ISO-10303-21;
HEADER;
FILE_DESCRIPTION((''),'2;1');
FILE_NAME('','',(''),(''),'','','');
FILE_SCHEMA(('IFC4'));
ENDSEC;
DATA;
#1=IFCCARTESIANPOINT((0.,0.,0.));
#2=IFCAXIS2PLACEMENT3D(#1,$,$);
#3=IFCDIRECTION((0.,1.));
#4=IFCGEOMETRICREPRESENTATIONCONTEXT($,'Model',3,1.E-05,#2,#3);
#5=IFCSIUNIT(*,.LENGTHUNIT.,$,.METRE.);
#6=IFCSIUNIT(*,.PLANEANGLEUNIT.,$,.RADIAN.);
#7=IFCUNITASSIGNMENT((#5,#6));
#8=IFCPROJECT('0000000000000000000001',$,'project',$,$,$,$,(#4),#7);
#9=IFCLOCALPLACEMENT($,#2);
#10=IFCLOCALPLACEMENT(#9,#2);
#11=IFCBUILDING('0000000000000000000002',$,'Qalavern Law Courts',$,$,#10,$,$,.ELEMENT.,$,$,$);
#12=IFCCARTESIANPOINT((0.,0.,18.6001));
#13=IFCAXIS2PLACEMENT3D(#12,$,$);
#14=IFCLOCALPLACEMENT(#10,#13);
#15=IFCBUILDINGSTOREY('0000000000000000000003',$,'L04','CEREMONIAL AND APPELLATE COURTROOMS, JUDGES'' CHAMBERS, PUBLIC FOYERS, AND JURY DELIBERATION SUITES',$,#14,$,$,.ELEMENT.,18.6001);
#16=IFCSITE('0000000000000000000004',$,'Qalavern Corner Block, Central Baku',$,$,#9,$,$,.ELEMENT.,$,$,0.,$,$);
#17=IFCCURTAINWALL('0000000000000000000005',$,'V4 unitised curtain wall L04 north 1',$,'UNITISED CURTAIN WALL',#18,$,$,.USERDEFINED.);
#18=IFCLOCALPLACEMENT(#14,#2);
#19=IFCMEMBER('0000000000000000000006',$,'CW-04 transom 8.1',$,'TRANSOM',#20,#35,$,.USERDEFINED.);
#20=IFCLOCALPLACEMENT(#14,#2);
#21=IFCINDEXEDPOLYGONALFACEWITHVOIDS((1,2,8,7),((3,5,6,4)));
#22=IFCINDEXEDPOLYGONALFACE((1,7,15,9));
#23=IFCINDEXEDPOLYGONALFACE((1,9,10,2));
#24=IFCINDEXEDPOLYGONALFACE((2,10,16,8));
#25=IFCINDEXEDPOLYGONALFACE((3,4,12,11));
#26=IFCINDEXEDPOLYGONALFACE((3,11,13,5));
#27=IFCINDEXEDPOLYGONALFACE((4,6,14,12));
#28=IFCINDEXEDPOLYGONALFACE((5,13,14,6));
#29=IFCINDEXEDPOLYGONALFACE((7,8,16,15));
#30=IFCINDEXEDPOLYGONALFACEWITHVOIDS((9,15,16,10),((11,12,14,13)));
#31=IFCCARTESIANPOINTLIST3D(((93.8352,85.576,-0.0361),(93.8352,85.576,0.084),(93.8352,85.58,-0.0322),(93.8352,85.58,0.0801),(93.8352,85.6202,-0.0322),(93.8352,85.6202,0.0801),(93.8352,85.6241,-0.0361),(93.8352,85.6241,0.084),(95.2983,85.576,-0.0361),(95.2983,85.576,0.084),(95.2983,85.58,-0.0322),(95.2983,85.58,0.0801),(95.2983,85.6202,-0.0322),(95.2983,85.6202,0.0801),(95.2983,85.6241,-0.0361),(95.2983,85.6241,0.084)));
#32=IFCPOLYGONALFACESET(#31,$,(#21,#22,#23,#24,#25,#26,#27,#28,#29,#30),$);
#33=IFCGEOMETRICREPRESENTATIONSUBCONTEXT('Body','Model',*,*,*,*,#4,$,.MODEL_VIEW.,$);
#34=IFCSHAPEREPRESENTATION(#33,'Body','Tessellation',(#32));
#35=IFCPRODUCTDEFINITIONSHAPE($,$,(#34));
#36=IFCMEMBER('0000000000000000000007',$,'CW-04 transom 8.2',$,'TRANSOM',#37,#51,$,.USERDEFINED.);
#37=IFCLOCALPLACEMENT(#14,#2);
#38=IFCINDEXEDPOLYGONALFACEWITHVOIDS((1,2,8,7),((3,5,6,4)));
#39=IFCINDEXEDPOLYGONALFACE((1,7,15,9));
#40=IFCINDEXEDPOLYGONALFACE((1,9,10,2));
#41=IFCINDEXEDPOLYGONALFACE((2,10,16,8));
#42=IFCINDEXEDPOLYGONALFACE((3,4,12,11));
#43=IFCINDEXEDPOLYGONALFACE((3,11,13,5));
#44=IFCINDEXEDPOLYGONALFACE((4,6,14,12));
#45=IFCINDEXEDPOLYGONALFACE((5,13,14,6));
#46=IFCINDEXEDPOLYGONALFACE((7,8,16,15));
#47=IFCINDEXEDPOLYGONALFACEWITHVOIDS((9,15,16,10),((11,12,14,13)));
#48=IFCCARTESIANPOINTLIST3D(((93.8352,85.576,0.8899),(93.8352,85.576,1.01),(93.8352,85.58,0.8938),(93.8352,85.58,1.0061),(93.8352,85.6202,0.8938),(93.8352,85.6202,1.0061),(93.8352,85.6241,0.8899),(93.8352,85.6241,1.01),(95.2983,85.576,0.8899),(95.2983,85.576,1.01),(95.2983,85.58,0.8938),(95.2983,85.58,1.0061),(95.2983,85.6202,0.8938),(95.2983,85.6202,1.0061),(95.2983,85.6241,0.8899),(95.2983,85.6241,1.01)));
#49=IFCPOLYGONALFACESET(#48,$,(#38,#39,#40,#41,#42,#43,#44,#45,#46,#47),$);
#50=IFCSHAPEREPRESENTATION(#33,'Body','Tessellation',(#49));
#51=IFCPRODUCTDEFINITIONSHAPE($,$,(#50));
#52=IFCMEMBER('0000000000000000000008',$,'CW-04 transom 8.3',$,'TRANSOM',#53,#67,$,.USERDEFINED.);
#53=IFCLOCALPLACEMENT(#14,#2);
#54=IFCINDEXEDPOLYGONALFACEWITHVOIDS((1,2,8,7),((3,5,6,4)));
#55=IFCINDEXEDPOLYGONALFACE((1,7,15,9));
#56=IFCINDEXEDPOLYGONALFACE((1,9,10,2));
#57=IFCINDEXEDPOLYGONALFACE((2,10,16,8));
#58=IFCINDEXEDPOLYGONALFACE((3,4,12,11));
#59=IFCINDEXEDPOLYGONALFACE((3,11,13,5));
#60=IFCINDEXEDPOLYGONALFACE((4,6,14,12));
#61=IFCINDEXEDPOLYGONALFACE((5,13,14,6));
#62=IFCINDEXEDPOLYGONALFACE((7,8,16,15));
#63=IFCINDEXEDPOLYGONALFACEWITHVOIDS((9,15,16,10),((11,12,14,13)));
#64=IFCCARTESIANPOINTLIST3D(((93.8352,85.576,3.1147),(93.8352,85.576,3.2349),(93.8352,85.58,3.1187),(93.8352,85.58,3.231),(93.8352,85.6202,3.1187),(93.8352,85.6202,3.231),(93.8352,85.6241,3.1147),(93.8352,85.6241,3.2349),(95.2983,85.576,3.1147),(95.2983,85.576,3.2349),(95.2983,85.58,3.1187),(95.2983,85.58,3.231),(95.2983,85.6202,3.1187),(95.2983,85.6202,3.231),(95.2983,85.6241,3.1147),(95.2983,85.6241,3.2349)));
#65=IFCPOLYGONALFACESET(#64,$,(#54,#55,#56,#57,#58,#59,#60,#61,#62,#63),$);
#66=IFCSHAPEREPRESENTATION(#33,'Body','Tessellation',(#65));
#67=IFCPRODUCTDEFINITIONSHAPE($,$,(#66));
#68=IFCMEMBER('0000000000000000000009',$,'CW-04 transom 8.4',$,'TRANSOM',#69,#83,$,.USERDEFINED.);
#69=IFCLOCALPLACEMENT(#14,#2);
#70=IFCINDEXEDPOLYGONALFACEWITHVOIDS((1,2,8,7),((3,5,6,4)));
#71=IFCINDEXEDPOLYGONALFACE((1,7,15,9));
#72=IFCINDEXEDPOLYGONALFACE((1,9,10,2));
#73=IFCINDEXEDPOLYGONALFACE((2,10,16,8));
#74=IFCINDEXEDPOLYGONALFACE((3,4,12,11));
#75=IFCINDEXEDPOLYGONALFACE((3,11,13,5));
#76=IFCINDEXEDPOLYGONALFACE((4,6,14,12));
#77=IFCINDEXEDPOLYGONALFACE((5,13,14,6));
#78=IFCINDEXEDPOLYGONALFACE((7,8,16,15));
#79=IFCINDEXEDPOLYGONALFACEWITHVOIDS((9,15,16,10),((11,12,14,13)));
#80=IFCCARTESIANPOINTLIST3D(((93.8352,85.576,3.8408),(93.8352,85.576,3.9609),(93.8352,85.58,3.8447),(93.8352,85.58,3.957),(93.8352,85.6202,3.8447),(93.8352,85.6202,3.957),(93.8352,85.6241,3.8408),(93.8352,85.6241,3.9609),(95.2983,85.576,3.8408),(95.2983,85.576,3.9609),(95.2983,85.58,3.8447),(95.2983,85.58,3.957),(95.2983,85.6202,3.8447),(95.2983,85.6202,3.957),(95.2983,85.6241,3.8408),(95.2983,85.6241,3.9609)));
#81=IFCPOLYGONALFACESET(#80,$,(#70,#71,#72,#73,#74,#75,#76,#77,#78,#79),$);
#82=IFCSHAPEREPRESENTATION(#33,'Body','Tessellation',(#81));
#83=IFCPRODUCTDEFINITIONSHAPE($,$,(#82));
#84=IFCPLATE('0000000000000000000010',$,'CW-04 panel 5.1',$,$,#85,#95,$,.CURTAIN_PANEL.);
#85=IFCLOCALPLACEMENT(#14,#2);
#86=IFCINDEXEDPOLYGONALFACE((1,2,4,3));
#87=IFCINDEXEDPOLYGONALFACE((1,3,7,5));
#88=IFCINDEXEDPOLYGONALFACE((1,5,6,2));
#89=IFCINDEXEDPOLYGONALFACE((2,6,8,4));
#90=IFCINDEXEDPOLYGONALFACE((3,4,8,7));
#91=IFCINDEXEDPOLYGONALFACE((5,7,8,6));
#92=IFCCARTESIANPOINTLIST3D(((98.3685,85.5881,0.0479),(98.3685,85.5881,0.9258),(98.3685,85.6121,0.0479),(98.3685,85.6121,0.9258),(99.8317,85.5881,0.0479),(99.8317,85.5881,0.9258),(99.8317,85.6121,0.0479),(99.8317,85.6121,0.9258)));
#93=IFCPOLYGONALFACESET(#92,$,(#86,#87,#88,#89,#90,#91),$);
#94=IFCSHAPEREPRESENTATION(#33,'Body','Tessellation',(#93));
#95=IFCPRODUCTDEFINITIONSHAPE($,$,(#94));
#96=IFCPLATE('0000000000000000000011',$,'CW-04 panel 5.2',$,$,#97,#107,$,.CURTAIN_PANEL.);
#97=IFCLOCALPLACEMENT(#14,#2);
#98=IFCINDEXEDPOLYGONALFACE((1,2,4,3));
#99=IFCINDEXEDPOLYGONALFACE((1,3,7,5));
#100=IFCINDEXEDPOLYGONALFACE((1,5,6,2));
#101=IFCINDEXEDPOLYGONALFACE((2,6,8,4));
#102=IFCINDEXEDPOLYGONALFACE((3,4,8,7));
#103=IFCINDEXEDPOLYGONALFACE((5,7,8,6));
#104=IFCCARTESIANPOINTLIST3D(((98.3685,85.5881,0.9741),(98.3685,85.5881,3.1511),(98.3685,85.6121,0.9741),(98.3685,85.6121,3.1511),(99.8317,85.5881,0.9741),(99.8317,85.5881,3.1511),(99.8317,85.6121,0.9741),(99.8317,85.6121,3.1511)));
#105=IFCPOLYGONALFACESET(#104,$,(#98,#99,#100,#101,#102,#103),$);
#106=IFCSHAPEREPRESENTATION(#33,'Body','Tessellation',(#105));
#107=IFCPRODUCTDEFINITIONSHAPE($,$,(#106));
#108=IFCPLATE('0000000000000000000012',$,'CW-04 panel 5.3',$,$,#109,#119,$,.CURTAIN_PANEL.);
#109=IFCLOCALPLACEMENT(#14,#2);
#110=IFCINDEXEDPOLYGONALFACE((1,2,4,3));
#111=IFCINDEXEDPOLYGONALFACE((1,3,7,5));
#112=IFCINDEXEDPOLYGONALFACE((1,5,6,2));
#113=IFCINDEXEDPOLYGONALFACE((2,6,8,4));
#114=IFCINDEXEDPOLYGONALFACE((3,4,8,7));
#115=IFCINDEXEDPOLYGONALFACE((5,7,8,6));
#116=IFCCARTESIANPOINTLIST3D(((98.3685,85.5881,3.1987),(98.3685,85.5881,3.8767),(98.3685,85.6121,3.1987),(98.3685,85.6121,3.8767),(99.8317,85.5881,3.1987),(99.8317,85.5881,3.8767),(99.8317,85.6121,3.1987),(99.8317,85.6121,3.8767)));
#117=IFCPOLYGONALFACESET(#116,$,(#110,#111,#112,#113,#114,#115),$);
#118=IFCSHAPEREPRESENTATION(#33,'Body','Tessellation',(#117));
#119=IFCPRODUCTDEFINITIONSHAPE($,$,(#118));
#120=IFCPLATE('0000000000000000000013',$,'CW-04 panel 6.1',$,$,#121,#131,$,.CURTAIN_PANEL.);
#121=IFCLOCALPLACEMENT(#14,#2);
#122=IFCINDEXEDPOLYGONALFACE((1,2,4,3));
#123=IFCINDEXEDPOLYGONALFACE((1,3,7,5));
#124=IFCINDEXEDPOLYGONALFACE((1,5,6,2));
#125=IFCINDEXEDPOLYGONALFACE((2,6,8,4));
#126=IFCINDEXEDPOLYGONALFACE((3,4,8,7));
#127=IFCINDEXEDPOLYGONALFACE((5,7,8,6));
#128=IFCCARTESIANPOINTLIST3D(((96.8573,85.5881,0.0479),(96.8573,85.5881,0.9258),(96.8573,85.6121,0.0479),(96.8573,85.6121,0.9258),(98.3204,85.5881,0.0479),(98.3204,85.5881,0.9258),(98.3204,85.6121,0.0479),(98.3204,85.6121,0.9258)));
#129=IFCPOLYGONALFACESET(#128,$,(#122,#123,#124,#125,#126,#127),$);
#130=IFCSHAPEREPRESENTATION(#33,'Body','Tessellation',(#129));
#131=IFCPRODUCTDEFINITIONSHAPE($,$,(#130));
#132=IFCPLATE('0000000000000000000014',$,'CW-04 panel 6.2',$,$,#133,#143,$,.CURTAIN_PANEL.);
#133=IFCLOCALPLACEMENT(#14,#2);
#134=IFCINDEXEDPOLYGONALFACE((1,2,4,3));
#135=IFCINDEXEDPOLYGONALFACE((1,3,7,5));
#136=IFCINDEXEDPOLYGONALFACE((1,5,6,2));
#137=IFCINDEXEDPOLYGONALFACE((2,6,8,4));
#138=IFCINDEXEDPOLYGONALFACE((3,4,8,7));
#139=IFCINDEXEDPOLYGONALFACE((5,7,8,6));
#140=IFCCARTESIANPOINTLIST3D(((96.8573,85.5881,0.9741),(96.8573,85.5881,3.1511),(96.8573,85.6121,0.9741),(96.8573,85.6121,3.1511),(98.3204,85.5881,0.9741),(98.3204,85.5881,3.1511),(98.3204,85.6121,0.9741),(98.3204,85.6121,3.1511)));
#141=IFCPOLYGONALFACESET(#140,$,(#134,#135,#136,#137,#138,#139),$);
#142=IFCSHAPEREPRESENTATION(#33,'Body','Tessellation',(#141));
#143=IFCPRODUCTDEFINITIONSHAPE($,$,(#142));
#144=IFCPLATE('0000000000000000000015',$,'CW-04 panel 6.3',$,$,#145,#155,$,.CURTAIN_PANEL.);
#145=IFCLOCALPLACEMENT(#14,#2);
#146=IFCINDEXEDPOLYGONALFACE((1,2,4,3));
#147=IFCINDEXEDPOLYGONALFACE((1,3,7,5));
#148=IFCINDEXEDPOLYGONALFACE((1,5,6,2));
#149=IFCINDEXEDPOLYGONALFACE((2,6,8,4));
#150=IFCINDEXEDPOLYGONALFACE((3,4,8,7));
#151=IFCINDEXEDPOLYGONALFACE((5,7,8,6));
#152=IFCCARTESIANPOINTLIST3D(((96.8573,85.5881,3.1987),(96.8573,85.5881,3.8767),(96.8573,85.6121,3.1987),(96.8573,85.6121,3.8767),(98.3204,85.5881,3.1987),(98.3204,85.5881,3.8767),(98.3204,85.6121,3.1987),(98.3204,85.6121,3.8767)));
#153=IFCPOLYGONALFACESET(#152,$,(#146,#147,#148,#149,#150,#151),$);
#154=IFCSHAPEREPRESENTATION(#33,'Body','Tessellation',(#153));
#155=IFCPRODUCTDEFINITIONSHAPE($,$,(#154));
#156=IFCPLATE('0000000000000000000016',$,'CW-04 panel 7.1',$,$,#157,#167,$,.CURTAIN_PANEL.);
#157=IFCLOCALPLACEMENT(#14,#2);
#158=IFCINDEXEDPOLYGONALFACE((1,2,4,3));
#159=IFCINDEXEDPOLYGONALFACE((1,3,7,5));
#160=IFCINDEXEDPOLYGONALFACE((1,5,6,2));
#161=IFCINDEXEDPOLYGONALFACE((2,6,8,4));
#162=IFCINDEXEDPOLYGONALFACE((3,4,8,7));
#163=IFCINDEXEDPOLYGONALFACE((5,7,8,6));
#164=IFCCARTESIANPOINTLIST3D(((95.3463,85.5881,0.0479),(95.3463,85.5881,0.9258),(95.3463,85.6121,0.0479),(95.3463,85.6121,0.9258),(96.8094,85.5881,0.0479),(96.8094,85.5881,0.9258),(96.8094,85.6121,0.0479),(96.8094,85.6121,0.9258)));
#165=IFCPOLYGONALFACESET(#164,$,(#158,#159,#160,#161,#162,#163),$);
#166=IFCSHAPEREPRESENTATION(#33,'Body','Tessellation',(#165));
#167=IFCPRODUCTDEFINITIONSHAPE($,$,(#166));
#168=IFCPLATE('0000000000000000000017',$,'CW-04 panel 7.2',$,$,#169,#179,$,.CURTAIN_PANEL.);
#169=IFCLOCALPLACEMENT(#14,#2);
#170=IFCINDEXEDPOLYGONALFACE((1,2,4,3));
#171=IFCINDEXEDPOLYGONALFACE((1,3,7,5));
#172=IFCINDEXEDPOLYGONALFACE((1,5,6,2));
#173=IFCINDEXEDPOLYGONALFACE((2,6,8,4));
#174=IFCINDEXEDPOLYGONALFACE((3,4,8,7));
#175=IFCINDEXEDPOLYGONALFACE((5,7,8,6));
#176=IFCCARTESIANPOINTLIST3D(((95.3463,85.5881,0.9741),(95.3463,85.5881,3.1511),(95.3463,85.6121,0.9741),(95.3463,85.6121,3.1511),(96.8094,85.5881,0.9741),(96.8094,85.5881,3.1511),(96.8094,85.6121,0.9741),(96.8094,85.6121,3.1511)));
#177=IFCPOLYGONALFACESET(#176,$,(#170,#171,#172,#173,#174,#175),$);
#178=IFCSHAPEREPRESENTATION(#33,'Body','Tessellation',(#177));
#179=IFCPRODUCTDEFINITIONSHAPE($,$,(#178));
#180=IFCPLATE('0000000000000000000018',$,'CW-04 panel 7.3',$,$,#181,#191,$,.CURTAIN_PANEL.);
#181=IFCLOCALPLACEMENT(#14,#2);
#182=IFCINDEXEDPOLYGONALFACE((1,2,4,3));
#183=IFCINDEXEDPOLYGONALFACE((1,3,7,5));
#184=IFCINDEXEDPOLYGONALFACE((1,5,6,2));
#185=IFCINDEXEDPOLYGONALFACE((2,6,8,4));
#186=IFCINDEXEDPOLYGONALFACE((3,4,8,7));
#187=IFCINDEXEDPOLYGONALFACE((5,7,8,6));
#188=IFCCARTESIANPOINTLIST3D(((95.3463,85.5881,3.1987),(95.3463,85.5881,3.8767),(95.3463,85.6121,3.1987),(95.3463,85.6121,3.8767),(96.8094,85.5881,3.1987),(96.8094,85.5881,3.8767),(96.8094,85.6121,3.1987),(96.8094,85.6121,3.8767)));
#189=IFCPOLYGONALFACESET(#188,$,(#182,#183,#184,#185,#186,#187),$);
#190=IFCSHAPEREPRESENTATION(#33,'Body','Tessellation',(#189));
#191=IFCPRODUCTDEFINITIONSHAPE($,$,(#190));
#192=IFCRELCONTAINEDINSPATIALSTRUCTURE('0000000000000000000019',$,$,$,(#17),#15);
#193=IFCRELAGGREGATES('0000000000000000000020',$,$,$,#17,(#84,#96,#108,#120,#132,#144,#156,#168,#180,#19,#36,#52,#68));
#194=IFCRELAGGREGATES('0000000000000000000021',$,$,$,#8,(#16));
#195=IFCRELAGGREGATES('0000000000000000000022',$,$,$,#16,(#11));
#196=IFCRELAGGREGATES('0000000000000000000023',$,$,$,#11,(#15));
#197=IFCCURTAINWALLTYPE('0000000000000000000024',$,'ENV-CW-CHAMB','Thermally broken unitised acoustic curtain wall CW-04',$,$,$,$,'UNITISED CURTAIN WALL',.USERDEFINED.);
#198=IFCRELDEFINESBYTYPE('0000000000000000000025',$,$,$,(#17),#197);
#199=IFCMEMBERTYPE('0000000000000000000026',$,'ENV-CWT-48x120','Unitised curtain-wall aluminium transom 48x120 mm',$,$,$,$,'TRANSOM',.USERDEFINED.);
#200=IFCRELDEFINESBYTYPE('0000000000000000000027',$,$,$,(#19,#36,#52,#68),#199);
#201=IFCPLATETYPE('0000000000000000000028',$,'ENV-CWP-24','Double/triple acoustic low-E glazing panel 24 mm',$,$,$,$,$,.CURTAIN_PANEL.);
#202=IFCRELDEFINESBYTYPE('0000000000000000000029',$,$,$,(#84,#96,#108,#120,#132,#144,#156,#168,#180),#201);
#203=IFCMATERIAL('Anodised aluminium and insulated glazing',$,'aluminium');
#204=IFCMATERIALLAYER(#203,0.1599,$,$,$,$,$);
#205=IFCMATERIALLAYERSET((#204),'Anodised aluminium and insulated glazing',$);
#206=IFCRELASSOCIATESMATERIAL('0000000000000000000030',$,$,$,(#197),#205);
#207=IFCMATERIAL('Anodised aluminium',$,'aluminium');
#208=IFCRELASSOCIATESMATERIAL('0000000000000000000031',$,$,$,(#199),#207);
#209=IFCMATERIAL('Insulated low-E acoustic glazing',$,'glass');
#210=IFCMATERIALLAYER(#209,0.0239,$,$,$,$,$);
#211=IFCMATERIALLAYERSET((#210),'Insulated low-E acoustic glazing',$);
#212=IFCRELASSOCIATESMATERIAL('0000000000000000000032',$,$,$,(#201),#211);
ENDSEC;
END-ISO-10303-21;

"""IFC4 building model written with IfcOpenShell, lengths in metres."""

from ifc_helpers import new_model, si_unit, direction, frame, origin, origin_2d, place, context, subcontext, project, spatial, rectangle, hollow_rectangle, extrude, material, layer, layer_set, material_profile, profile_set, type_object, element, aggregate, save


model = new_model("IFC4")

# Units and contexts
model_context = context("Model", 3, precision=1e-05, world=origin(), true_north=direction((0.0, 1.0)))
body_context = subcontext(model_context, "Body", "Model", "MODEL_VIEW")
ifc_project = project(units=[si_unit("LENGTHUNIT", "METRE"), si_unit("PLANEANGLEUNIT", "RADIAN")], contexts=[model_context])

# Site, building, storey
site_placement = place(None, origin())
site = spatial("IfcSite", under=ifc_project, at=site_placement, Name="Qalavern Corner Block, Central Baku", CompositionType="ELEMENT", RefElevation=0.0)
building_placement = place(site_placement, origin())
building = spatial("IfcBuilding", under=site, at=building_placement, Name="Qalavern Law Courts", CompositionType="ELEMENT")
storey_placement = place(building_placement, frame((0.0, 0.0, 18.6001)))
storey = spatial("IfcBuildingStorey", under=building, at=storey_placement, Name="L04", Description="CEREMONIAL AND APPELLATE COURTROOMS, JUDGES' CHAMBERS, PUBLIC FOYERS, AND JURY DELIBERATION SUITES", CompositionType="ELEMENT", Elevation=18.6001)

# Curtain wall, members, plates
ifc_material_1 = material(Name="Anodised aluminium and insulated glazing", Category="aluminium")
ifc_layer_1 = layer(ifc_material_1, 0.1599)
ifc_layer_set_1 = layer_set([ifc_layer_1], Name="Anodised aluminium and insulated glazing")
curtain_wall_type = type_object("IfcCurtainWallType", Name="ENV-CW-CHAMB", Description="Thermally broken unitised acoustic curtain wall CW-04", ElementType="UNITISED CURTAIN WALL", PredefinedType="USERDEFINED", material=ifc_layer_set_1)
curtain_wall_placement = place(storey_placement, origin())
curtain_wall = element("IfcCurtainWall", 1, at=curtain_wall_placement, inside=storey, type_object=curtain_wall_type, Name="V4 unitised curtain wall L04 north 1", ObjectType="UNITISED CURTAIN WALL", PredefinedType="USERDEFINED")
ifc_material_2 = material(Name="Anodised aluminium", Category="aluminium")
ifc_material_profile_1 = material_profile(ifc_material_2, hollow_rectangle(XDim=0.0481, YDim=0.1201, WallThickness=0.0039, at=origin_2d()), Name="ALU TRANSOM 48x120")
ifc_profile_set_1 = profile_set([ifc_material_profile_1], Name="Anodised aluminium")
member_type_1 = type_object("IfcMemberType", Name="ENV-CWT-48x120", Description="Unitised curtain-wall aluminium transom 48x120 mm", ElementType="TRANSOM", PredefinedType="USERDEFINED", material=ifc_profile_set_1)
member_1_placement = place(storey_placement, frame((95.2983, 85.6001, 0.0239), z_axis=(-1.0, 0.0, 0.0), x_axis=(0.0, -1.0, 0.0)))
member_1 = element("IfcMember", 2, at=member_1_placement, type_object=member_type_1, Name="CW-04 transom 8.1", ObjectType="TRANSOM", PredefinedType="USERDEFINED", context=body_context, shape_type="SweptSolid", body=[
    extrude(hollow_rectangle(XDim=0.0481, YDim=0.1201, WallThickness=0.0039, at=origin_2d()), origin(), (0.0, 0.0, 1.0), 1.4631),
])
member_2_placement = place(storey_placement, frame((95.2983, 85.6001, 0.95), z_axis=(-1.0, 0.0, 0.0), x_axis=(0.0, -1.0, 0.0)))
member_2 = element("IfcMember", 3, at=member_2_placement, type_object=member_type_1, Name="CW-04 transom 8.2", ObjectType="TRANSOM", PredefinedType="USERDEFINED", context=body_context, shape_type="SweptSolid", body=[
    extrude(hollow_rectangle(XDim=0.0481, YDim=0.1201, WallThickness=0.0039, at=origin_2d()), origin(), (0.0, 0.0, 1.0), 1.4631),
])
member_3_placement = place(storey_placement, frame((95.2983, 85.6001, 3.1748), z_axis=(-1.0, 0.0, 0.0), x_axis=(0.0, -1.0, 0.0)))
member_3 = element("IfcMember", 4, at=member_3_placement, type_object=member_type_1, Name="CW-04 transom 8.3", ObjectType="TRANSOM", PredefinedType="USERDEFINED", context=body_context, shape_type="SweptSolid", body=[
    extrude(hollow_rectangle(XDim=0.0481, YDim=0.1201, WallThickness=0.0039, at=origin_2d()), origin(), (0.0, 0.0, 1.0), 1.4631),
])
member_4_placement = place(storey_placement, frame((95.2983, 85.6001, 3.9009), z_axis=(-1.0, 0.0, 0.0), x_axis=(0.0, -1.0, 0.0)))
member_4 = element("IfcMember", 5, at=member_4_placement, type_object=member_type_1, Name="CW-04 transom 8.4", ObjectType="TRANSOM", PredefinedType="USERDEFINED", context=body_context, shape_type="SweptSolid", body=[
    extrude(hollow_rectangle(XDim=0.0481, YDim=0.1201, WallThickness=0.0039, at=origin_2d()), origin(), (0.0, 0.0, 1.0), 1.4631),
])
ifc_material_3 = material(Name="Insulated low-E acoustic glazing", Category="glass")
ifc_layer_2 = layer(ifc_material_3, 0.0239)
ifc_layer_set_2 = layer_set([ifc_layer_2], Name="Insulated low-E acoustic glazing")
plate_type = type_object("IfcPlateType", Name="ENV-CWP-24", Description="Double/triple acoustic low-E glazing panel 24 mm", PredefinedType="CURTAIN_PANEL", material=ifc_layer_set_2)
plate_1_placement = place(storey_placement, frame((99.1001, 85.6001, 0.0479), z_axis=(0.0, 0.0, 1.0), x_axis=(-1.0, 0.0, 0.0)))
plate_1 = element("IfcPlate", 6, at=plate_1_placement, type_object=plate_type, Name="CW-04 panel 5.1", PredefinedType="CURTAIN_PANEL", context=body_context, shape_type="SweptSolid", body=[
    extrude(rectangle(XDim=1.4631, YDim=0.0239, at=origin_2d()), origin(), (0.0, 0.0, 1.0), 0.8779),
])
plate_2_placement = place(storey_placement, frame((99.1001, 85.6001, 0.9741), z_axis=(0.0, 0.0, 1.0), x_axis=(-1.0, 0.0, 0.0)))
plate_2 = element("IfcPlate", 7, at=plate_2_placement, type_object=plate_type, Name="CW-04 panel 5.2", PredefinedType="CURTAIN_PANEL", context=body_context, shape_type="SweptSolid", body=[
    extrude(rectangle(XDim=1.4631, YDim=0.0239, at=origin_2d()), origin(), (0.0, 0.0, 1.0), 2.177),
])
plate_3_placement = place(storey_placement, frame((99.1001, 85.6001, 3.1987), z_axis=(0.0, 0.0, 1.0), x_axis=(-1.0, 0.0, 0.0)))
plate_3 = element("IfcPlate", 8, at=plate_3_placement, type_object=plate_type, Name="CW-04 panel 5.3", PredefinedType="CURTAIN_PANEL", context=body_context, shape_type="SweptSolid", body=[
    extrude(rectangle(XDim=1.4631, YDim=0.0239, at=origin_2d()), origin(), (0.0, 0.0, 1.0), 0.678),
])
plate_4_placement = place(storey_placement, frame((97.5889, 85.6001, 0.0479), z_axis=(0.0, 0.0, 1.0), x_axis=(-1.0, 0.0, 0.0)))
plate_4 = element("IfcPlate", 9, at=plate_4_placement, type_object=plate_type, Name="CW-04 panel 6.1", PredefinedType="CURTAIN_PANEL", context=body_context, shape_type="SweptSolid", body=[
    extrude(rectangle(XDim=1.4631, YDim=0.0239, at=origin_2d()), origin(), (0.0, 0.0, 1.0), 0.8779),
])
plate_5_placement = place(storey_placement, frame((97.5889, 85.6001, 0.9741), z_axis=(0.0, 0.0, 1.0), x_axis=(-1.0, 0.0, 0.0)))
plate_5 = element("IfcPlate", 10, at=plate_5_placement, type_object=plate_type, Name="CW-04 panel 6.2", PredefinedType="CURTAIN_PANEL", context=body_context, shape_type="SweptSolid", body=[
    extrude(rectangle(XDim=1.4631, YDim=0.0239, at=origin_2d()), origin(), (0.0, 0.0, 1.0), 2.177),
])
plate_6_placement = place(storey_placement, frame((97.5889, 85.6001, 3.1987), z_axis=(0.0, 0.0, 1.0), x_axis=(-1.0, 0.0, 0.0)))
plate_6 = element("IfcPlate", 11, at=plate_6_placement, type_object=plate_type, Name="CW-04 panel 6.3", PredefinedType="CURTAIN_PANEL", context=body_context, shape_type="SweptSolid", body=[
    extrude(rectangle(XDim=1.4631, YDim=0.0239, at=origin_2d()), origin(), (0.0, 0.0, 1.0), 0.678),
])
plate_7_placement = place(storey_placement, frame((96.0779, 85.6001, 0.0479), z_axis=(0.0, 0.0, 1.0), x_axis=(-1.0, 0.0, 0.0)))
plate_7 = element("IfcPlate", 12, at=plate_7_placement, type_object=plate_type, Name="CW-04 panel 7.1", PredefinedType="CURTAIN_PANEL", context=body_context, shape_type="SweptSolid", body=[
    extrude(rectangle(XDim=1.4631, YDim=0.0239, at=origin_2d()), origin(), (0.0, 0.0, 1.0), 0.8779),
])
plate_8_placement = place(storey_placement, frame((96.0779, 85.6001, 0.9741), z_axis=(0.0, 0.0, 1.0), x_axis=(-1.0, 0.0, 0.0)))
plate_8 = element("IfcPlate", 13, at=plate_8_placement, type_object=plate_type, Name="CW-04 panel 7.2", PredefinedType="CURTAIN_PANEL", context=body_context, shape_type="SweptSolid", body=[
    extrude(rectangle(XDim=1.4631, YDim=0.0239, at=origin_2d()), origin(), (0.0, 0.0, 1.0), 2.177),
])
plate_9_placement = place(storey_placement, frame((96.0779, 85.6001, 3.1987), z_axis=(0.0, 0.0, 1.0), x_axis=(-1.0, 0.0, 0.0)))
plate_9 = element("IfcPlate", 14, at=plate_9_placement, type_object=plate_type, Name="CW-04 panel 7.3", PredefinedType="CURTAIN_PANEL", context=body_context, shape_type="SweptSolid", body=[
    extrude(rectangle(XDim=1.4631, YDim=0.0239, at=origin_2d()), origin(), (0.0, 0.0, 1.0), 0.678),
])
aggregate(curtain_wall, [plate_1, plate_2, plate_3, plate_4, plate_5, plate_6, plate_7, plate_8, plate_9, member_1, member_2, member_3, member_4])

save(model, "model.ifc")
